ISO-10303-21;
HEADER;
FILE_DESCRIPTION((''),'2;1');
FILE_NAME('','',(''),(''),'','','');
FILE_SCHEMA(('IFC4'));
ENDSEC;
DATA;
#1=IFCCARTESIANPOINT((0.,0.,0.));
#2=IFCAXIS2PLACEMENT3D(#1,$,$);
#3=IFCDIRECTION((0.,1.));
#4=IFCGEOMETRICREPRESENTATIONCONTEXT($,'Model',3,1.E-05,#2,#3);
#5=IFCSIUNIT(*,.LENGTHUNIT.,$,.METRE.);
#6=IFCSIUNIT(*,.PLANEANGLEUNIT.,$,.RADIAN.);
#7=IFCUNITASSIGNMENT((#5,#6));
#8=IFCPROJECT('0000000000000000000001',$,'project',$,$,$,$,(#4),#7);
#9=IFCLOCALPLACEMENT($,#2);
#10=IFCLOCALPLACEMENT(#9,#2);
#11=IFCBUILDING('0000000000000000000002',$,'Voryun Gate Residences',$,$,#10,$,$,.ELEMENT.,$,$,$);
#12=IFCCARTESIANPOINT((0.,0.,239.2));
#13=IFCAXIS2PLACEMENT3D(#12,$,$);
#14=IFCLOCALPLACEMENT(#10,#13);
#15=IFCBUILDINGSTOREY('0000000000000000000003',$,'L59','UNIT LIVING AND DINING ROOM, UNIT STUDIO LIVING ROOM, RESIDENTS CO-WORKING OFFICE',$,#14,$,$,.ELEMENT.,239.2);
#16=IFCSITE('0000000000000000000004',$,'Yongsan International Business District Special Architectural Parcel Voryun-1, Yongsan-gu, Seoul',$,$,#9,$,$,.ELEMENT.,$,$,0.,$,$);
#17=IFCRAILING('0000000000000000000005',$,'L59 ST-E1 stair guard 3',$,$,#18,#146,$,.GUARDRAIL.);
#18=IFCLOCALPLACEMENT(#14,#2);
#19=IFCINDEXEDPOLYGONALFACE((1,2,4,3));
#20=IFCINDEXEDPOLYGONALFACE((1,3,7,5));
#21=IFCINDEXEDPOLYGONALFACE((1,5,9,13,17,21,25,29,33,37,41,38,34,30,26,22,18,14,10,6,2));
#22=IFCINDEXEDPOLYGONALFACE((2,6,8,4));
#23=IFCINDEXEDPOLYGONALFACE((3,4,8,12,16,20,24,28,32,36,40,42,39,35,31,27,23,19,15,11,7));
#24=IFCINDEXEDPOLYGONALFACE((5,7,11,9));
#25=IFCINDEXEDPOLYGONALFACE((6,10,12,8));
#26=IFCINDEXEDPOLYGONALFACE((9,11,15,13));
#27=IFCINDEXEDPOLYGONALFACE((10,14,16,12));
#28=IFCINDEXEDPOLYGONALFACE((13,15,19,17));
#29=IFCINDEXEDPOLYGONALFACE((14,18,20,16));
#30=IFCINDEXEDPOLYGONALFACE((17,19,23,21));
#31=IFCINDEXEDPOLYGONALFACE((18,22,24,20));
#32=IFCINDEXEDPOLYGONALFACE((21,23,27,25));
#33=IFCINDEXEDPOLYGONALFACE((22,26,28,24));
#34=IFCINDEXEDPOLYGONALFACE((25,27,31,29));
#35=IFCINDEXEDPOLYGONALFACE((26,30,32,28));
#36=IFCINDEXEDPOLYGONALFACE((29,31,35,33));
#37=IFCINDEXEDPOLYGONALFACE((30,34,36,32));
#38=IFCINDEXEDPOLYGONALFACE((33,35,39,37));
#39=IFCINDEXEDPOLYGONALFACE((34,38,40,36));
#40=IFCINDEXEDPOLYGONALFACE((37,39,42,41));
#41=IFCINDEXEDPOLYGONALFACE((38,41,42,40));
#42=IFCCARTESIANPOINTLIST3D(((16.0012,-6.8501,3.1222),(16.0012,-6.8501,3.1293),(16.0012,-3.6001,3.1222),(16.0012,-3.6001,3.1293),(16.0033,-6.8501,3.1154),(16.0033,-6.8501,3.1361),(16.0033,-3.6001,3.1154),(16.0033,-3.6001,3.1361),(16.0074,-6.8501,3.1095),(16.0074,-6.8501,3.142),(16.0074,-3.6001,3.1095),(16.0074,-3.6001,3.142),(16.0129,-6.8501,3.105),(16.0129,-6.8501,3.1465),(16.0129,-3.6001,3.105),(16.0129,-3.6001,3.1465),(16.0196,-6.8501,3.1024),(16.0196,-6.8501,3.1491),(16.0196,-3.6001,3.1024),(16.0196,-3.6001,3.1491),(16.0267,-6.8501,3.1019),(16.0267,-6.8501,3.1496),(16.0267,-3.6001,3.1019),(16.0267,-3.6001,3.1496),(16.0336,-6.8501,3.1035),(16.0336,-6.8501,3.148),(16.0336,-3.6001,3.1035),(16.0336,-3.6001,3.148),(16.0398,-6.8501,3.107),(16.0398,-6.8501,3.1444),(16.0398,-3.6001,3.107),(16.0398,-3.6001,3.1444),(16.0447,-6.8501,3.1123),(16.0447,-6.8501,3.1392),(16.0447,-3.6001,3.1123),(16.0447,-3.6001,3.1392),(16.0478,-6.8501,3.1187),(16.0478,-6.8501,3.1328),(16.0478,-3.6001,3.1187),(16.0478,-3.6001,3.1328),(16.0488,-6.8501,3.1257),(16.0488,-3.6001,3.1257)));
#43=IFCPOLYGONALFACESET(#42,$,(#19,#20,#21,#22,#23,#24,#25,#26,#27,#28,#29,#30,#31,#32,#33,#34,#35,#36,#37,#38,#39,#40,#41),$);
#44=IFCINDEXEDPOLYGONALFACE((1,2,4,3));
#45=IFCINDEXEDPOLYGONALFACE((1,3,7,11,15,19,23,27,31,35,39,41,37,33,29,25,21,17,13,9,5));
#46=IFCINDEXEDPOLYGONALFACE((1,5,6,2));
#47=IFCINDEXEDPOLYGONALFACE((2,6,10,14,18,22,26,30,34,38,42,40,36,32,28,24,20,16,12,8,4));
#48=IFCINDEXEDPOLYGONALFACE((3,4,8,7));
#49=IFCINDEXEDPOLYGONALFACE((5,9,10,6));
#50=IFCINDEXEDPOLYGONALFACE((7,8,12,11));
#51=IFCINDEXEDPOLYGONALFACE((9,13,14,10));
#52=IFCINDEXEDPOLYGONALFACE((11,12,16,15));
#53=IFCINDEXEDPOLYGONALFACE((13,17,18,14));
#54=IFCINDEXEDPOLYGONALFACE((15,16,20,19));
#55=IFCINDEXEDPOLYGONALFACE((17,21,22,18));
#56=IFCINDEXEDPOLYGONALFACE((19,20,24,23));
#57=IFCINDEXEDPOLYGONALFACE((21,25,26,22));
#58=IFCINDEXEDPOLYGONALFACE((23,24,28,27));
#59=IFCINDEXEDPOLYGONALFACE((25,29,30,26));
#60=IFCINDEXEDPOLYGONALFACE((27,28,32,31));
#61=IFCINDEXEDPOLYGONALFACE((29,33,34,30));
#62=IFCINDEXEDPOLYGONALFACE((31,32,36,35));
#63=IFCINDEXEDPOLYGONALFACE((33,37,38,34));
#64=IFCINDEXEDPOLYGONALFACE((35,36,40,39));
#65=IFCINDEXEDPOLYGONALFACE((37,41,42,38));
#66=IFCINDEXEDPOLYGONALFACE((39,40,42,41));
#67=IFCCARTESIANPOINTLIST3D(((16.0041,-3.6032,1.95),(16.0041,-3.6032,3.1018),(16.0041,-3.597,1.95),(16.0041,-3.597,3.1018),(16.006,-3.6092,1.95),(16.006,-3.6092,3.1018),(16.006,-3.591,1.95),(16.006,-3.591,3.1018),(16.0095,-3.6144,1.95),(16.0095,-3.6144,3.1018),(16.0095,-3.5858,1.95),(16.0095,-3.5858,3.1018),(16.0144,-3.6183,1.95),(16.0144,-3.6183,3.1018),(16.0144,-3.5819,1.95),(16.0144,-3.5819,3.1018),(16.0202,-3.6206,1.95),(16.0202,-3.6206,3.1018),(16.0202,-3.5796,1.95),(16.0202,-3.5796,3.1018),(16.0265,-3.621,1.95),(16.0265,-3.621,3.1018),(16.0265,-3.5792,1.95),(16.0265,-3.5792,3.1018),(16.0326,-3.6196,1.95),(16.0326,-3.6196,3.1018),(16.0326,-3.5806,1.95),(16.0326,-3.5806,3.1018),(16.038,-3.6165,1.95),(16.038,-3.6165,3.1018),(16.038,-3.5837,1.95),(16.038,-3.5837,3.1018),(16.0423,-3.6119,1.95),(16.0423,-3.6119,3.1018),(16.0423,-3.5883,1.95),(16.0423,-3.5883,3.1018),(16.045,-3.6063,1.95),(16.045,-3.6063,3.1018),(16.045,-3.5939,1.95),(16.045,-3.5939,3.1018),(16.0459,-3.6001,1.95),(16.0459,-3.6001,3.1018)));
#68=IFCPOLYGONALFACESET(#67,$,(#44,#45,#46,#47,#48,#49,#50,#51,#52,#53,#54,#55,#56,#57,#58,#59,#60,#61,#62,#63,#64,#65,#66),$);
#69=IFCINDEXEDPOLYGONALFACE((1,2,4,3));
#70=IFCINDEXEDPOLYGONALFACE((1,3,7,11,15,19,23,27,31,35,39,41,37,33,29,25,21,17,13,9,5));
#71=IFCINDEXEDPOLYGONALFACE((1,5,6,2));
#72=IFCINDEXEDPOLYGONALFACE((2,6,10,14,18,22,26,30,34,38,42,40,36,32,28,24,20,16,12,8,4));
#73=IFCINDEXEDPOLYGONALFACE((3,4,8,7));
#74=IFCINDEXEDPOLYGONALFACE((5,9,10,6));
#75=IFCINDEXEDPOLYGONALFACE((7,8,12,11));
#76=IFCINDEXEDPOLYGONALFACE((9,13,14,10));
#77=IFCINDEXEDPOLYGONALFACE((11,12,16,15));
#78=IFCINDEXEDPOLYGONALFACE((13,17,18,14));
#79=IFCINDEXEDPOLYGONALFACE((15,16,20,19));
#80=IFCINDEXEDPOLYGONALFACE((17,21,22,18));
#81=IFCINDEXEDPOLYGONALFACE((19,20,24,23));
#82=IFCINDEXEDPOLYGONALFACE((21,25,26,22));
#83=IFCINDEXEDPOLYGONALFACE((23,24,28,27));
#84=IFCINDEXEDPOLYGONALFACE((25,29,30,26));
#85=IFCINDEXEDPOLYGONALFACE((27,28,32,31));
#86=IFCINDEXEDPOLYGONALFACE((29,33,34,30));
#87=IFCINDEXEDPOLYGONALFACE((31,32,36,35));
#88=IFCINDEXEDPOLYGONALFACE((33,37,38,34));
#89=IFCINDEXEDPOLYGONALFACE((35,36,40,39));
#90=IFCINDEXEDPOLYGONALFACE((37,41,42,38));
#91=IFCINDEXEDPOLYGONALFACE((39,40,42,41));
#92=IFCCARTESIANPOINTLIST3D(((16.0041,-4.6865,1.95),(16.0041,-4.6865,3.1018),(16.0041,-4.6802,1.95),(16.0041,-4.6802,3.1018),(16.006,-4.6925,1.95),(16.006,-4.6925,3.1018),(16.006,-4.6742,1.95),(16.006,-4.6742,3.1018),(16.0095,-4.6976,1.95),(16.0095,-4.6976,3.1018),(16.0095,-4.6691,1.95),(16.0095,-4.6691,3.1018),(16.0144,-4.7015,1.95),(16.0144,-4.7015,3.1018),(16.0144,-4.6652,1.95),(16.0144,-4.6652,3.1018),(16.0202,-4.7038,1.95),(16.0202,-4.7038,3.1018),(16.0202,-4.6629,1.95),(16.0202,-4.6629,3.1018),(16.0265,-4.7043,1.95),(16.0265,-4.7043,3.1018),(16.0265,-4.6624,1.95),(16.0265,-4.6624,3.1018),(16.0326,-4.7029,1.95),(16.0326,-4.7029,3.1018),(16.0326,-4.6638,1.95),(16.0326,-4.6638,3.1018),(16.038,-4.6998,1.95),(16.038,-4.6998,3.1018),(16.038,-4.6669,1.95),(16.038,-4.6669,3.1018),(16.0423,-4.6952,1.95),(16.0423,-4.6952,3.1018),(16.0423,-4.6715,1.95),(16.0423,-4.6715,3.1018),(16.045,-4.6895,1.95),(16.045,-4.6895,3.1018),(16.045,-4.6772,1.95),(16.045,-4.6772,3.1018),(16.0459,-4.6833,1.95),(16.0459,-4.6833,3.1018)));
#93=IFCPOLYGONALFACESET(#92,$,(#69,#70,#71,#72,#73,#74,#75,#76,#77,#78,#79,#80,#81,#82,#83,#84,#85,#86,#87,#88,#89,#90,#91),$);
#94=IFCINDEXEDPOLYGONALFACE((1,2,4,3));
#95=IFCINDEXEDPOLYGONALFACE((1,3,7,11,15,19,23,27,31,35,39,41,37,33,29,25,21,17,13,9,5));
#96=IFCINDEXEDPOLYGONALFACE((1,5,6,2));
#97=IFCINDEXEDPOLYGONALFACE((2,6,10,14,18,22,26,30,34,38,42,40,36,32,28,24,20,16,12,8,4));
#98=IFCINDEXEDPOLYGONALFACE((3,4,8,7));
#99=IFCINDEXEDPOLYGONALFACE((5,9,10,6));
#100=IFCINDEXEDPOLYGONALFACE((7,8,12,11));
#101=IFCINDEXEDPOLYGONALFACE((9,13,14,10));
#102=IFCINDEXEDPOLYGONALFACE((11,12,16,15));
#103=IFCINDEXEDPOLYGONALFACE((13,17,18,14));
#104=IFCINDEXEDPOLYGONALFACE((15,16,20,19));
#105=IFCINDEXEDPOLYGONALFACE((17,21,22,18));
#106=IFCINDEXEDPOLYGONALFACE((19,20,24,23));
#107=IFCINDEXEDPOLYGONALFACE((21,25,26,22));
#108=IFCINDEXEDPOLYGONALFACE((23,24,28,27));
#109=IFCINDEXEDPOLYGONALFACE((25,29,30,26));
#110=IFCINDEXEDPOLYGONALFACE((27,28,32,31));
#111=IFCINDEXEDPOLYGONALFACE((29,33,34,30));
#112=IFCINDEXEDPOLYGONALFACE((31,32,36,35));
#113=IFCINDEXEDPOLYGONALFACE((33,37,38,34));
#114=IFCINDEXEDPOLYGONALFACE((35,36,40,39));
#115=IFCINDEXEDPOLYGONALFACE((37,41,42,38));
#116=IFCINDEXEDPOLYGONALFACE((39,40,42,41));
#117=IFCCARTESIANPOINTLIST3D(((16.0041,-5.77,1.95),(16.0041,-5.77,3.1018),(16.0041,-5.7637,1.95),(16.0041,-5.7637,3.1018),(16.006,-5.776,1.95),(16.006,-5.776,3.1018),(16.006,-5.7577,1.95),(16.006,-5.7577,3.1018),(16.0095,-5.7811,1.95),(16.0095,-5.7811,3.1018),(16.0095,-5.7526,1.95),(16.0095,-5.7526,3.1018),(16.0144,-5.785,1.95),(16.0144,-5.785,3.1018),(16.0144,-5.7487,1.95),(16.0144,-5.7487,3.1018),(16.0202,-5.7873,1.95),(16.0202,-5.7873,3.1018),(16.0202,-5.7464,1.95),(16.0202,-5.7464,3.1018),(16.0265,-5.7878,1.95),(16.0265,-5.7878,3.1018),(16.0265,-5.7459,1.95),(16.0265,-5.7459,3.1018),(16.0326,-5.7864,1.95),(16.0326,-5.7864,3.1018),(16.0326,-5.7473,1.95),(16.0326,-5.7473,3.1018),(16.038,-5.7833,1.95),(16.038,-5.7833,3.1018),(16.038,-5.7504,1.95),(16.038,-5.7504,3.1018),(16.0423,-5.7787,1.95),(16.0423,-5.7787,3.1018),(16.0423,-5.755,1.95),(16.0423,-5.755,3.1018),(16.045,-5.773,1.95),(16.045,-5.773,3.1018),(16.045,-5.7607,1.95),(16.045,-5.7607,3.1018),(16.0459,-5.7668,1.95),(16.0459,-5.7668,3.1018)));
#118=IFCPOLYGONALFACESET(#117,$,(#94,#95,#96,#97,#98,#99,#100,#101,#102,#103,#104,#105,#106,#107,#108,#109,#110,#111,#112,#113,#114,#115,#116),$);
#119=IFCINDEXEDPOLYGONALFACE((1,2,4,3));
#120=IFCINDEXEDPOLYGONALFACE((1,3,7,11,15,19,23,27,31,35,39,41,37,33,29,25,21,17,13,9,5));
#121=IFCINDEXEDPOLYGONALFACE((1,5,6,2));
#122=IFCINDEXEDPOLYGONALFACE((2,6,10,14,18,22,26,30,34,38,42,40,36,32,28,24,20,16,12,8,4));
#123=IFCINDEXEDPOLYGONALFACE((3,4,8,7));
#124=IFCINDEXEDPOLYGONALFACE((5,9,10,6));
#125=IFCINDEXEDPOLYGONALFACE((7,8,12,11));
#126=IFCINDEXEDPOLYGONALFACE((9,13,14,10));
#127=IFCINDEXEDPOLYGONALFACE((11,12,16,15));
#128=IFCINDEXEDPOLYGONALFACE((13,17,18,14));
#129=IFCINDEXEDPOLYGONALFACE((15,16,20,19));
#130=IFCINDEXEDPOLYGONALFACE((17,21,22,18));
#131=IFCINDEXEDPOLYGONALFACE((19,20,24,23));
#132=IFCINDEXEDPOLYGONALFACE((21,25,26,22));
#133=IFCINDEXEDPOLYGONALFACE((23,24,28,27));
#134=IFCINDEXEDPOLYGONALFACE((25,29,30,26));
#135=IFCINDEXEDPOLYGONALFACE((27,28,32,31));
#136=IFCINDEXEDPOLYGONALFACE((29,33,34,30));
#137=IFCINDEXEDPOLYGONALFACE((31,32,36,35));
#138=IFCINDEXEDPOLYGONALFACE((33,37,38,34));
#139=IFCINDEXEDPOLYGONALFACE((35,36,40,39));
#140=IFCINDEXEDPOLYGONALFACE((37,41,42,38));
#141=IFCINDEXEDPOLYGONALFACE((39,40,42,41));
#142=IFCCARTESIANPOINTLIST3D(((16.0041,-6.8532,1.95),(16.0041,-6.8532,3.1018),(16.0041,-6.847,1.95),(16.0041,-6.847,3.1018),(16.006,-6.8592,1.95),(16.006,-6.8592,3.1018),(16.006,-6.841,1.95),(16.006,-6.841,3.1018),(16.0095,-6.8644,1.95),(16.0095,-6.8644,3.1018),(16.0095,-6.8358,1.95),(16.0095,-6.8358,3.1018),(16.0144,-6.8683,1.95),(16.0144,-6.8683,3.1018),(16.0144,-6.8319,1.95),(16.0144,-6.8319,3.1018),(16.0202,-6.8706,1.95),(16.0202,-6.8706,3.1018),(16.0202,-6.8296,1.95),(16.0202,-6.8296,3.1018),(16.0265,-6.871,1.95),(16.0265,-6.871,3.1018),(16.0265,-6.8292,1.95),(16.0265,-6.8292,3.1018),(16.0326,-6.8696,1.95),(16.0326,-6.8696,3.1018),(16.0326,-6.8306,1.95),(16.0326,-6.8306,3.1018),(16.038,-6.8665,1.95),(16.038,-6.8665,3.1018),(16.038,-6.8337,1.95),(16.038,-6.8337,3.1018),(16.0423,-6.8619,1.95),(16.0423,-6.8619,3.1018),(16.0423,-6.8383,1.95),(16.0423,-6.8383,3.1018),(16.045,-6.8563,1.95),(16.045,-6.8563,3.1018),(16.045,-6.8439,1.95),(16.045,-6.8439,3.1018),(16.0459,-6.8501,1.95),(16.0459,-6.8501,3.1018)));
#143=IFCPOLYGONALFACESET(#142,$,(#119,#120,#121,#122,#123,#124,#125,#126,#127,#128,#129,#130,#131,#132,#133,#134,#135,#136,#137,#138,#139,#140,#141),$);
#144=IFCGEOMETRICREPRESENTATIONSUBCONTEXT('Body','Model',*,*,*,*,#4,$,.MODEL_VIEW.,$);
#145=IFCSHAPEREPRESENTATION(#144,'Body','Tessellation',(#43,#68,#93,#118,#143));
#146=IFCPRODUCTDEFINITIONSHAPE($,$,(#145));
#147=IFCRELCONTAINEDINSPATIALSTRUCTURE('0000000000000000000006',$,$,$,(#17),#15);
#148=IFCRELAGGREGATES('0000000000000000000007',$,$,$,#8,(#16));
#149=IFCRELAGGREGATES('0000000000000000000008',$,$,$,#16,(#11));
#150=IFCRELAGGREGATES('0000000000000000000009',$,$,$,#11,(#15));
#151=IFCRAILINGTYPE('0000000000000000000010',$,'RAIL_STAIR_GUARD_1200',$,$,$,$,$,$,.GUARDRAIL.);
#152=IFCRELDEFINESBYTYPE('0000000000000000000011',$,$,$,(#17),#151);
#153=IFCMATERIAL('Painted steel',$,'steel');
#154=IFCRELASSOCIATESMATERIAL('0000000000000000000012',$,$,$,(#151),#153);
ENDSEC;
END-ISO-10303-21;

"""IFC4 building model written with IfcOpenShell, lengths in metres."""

from ifc_helpers import new_model, si_unit, direction, frame, origin, origin_2d, place, context, subcontext, project, spatial, circle, extrude, material, type_object, element, save


model = new_model("IFC4")

# Units and contexts
model_context = context("Model", 3, precision=1e-05, world=origin(), true_north=direction((0.0, 1.0)))
body_context = subcontext(model_context, "Body", "Model", "MODEL_VIEW")
ifc_project = project(units=[si_unit("LENGTHUNIT", "METRE"), si_unit("PLANEANGLEUNIT", "RADIAN")], contexts=[model_context])

# Site, building, storey
site_placement = place(None, origin())
site = spatial("IfcSite", under=ifc_project, at=site_placement, Name="Yongsan International Business District Special Architectural Parcel Voryun-1, Yongsan-gu, Seoul", CompositionType="ELEMENT", RefElevation=0.0)
building_placement = place(site_placement, origin())
building = spatial("IfcBuilding", under=site, at=building_placement, Name="Voryun Gate Residences", CompositionType="ELEMENT")
storey_placement = place(building_placement, frame((0.0, 0.0, 239.2)))
storey = spatial("IfcBuildingStorey", under=building, at=storey_placement, Name="L59", Description="UNIT LIVING AND DINING ROOM, UNIT STUDIO LIVING ROOM, RESIDENTS CO-WORKING OFFICE", CompositionType="ELEMENT", Elevation=239.2)

# Railing
ifc_material_1 = material(Name="Painted steel", Category="steel")
railing_type_1 = type_object("IfcRailingType", Name="RAIL_STAIR_GUARD_1200", PredefinedType="GUARDRAIL", material=ifc_material_1)
railing_1_placement = place(storey_placement, frame((16.0249, -3.6001, 1.95)))
element("IfcRailing", 1, at=railing_1_placement, inside=storey, type_object=railing_type_1, Name="L59 ST-E1 stair guard 3", PredefinedType="GUARDRAIL", context=body_context, shape_type="SweptSolid", body=[
    extrude(circle(Radius=0.0239, at=origin_2d()), frame((0.0, 0.0, 1.1758), z_axis=(0.0, -1.0, 0.0), x_axis=(1.0, 0.0, 0.0)), (0.0, 0.0, 1.0), 3.25),
    extrude(circle(Radius=0.021, at=origin_2d()), origin(), (0.0, 0.0, 1.0), 1.1519),
    extrude(circle(Radius=0.021, at=origin_2d()), frame((0.0, -1.0833, 0.0)), (0.0, 0.0, 1.0), 1.1519),
    extrude(circle(Radius=0.021, at=origin_2d()), frame((0.0, -2.1667, 0.0)), (0.0, 0.0, 1.0), 1.1519),
    extrude(circle(Radius=0.021, at=origin_2d()), frame((0.0, -3.25, 0.0)), (0.0, 0.0, 1.0), 1.1519),
])

save(model, "model.ifc")
